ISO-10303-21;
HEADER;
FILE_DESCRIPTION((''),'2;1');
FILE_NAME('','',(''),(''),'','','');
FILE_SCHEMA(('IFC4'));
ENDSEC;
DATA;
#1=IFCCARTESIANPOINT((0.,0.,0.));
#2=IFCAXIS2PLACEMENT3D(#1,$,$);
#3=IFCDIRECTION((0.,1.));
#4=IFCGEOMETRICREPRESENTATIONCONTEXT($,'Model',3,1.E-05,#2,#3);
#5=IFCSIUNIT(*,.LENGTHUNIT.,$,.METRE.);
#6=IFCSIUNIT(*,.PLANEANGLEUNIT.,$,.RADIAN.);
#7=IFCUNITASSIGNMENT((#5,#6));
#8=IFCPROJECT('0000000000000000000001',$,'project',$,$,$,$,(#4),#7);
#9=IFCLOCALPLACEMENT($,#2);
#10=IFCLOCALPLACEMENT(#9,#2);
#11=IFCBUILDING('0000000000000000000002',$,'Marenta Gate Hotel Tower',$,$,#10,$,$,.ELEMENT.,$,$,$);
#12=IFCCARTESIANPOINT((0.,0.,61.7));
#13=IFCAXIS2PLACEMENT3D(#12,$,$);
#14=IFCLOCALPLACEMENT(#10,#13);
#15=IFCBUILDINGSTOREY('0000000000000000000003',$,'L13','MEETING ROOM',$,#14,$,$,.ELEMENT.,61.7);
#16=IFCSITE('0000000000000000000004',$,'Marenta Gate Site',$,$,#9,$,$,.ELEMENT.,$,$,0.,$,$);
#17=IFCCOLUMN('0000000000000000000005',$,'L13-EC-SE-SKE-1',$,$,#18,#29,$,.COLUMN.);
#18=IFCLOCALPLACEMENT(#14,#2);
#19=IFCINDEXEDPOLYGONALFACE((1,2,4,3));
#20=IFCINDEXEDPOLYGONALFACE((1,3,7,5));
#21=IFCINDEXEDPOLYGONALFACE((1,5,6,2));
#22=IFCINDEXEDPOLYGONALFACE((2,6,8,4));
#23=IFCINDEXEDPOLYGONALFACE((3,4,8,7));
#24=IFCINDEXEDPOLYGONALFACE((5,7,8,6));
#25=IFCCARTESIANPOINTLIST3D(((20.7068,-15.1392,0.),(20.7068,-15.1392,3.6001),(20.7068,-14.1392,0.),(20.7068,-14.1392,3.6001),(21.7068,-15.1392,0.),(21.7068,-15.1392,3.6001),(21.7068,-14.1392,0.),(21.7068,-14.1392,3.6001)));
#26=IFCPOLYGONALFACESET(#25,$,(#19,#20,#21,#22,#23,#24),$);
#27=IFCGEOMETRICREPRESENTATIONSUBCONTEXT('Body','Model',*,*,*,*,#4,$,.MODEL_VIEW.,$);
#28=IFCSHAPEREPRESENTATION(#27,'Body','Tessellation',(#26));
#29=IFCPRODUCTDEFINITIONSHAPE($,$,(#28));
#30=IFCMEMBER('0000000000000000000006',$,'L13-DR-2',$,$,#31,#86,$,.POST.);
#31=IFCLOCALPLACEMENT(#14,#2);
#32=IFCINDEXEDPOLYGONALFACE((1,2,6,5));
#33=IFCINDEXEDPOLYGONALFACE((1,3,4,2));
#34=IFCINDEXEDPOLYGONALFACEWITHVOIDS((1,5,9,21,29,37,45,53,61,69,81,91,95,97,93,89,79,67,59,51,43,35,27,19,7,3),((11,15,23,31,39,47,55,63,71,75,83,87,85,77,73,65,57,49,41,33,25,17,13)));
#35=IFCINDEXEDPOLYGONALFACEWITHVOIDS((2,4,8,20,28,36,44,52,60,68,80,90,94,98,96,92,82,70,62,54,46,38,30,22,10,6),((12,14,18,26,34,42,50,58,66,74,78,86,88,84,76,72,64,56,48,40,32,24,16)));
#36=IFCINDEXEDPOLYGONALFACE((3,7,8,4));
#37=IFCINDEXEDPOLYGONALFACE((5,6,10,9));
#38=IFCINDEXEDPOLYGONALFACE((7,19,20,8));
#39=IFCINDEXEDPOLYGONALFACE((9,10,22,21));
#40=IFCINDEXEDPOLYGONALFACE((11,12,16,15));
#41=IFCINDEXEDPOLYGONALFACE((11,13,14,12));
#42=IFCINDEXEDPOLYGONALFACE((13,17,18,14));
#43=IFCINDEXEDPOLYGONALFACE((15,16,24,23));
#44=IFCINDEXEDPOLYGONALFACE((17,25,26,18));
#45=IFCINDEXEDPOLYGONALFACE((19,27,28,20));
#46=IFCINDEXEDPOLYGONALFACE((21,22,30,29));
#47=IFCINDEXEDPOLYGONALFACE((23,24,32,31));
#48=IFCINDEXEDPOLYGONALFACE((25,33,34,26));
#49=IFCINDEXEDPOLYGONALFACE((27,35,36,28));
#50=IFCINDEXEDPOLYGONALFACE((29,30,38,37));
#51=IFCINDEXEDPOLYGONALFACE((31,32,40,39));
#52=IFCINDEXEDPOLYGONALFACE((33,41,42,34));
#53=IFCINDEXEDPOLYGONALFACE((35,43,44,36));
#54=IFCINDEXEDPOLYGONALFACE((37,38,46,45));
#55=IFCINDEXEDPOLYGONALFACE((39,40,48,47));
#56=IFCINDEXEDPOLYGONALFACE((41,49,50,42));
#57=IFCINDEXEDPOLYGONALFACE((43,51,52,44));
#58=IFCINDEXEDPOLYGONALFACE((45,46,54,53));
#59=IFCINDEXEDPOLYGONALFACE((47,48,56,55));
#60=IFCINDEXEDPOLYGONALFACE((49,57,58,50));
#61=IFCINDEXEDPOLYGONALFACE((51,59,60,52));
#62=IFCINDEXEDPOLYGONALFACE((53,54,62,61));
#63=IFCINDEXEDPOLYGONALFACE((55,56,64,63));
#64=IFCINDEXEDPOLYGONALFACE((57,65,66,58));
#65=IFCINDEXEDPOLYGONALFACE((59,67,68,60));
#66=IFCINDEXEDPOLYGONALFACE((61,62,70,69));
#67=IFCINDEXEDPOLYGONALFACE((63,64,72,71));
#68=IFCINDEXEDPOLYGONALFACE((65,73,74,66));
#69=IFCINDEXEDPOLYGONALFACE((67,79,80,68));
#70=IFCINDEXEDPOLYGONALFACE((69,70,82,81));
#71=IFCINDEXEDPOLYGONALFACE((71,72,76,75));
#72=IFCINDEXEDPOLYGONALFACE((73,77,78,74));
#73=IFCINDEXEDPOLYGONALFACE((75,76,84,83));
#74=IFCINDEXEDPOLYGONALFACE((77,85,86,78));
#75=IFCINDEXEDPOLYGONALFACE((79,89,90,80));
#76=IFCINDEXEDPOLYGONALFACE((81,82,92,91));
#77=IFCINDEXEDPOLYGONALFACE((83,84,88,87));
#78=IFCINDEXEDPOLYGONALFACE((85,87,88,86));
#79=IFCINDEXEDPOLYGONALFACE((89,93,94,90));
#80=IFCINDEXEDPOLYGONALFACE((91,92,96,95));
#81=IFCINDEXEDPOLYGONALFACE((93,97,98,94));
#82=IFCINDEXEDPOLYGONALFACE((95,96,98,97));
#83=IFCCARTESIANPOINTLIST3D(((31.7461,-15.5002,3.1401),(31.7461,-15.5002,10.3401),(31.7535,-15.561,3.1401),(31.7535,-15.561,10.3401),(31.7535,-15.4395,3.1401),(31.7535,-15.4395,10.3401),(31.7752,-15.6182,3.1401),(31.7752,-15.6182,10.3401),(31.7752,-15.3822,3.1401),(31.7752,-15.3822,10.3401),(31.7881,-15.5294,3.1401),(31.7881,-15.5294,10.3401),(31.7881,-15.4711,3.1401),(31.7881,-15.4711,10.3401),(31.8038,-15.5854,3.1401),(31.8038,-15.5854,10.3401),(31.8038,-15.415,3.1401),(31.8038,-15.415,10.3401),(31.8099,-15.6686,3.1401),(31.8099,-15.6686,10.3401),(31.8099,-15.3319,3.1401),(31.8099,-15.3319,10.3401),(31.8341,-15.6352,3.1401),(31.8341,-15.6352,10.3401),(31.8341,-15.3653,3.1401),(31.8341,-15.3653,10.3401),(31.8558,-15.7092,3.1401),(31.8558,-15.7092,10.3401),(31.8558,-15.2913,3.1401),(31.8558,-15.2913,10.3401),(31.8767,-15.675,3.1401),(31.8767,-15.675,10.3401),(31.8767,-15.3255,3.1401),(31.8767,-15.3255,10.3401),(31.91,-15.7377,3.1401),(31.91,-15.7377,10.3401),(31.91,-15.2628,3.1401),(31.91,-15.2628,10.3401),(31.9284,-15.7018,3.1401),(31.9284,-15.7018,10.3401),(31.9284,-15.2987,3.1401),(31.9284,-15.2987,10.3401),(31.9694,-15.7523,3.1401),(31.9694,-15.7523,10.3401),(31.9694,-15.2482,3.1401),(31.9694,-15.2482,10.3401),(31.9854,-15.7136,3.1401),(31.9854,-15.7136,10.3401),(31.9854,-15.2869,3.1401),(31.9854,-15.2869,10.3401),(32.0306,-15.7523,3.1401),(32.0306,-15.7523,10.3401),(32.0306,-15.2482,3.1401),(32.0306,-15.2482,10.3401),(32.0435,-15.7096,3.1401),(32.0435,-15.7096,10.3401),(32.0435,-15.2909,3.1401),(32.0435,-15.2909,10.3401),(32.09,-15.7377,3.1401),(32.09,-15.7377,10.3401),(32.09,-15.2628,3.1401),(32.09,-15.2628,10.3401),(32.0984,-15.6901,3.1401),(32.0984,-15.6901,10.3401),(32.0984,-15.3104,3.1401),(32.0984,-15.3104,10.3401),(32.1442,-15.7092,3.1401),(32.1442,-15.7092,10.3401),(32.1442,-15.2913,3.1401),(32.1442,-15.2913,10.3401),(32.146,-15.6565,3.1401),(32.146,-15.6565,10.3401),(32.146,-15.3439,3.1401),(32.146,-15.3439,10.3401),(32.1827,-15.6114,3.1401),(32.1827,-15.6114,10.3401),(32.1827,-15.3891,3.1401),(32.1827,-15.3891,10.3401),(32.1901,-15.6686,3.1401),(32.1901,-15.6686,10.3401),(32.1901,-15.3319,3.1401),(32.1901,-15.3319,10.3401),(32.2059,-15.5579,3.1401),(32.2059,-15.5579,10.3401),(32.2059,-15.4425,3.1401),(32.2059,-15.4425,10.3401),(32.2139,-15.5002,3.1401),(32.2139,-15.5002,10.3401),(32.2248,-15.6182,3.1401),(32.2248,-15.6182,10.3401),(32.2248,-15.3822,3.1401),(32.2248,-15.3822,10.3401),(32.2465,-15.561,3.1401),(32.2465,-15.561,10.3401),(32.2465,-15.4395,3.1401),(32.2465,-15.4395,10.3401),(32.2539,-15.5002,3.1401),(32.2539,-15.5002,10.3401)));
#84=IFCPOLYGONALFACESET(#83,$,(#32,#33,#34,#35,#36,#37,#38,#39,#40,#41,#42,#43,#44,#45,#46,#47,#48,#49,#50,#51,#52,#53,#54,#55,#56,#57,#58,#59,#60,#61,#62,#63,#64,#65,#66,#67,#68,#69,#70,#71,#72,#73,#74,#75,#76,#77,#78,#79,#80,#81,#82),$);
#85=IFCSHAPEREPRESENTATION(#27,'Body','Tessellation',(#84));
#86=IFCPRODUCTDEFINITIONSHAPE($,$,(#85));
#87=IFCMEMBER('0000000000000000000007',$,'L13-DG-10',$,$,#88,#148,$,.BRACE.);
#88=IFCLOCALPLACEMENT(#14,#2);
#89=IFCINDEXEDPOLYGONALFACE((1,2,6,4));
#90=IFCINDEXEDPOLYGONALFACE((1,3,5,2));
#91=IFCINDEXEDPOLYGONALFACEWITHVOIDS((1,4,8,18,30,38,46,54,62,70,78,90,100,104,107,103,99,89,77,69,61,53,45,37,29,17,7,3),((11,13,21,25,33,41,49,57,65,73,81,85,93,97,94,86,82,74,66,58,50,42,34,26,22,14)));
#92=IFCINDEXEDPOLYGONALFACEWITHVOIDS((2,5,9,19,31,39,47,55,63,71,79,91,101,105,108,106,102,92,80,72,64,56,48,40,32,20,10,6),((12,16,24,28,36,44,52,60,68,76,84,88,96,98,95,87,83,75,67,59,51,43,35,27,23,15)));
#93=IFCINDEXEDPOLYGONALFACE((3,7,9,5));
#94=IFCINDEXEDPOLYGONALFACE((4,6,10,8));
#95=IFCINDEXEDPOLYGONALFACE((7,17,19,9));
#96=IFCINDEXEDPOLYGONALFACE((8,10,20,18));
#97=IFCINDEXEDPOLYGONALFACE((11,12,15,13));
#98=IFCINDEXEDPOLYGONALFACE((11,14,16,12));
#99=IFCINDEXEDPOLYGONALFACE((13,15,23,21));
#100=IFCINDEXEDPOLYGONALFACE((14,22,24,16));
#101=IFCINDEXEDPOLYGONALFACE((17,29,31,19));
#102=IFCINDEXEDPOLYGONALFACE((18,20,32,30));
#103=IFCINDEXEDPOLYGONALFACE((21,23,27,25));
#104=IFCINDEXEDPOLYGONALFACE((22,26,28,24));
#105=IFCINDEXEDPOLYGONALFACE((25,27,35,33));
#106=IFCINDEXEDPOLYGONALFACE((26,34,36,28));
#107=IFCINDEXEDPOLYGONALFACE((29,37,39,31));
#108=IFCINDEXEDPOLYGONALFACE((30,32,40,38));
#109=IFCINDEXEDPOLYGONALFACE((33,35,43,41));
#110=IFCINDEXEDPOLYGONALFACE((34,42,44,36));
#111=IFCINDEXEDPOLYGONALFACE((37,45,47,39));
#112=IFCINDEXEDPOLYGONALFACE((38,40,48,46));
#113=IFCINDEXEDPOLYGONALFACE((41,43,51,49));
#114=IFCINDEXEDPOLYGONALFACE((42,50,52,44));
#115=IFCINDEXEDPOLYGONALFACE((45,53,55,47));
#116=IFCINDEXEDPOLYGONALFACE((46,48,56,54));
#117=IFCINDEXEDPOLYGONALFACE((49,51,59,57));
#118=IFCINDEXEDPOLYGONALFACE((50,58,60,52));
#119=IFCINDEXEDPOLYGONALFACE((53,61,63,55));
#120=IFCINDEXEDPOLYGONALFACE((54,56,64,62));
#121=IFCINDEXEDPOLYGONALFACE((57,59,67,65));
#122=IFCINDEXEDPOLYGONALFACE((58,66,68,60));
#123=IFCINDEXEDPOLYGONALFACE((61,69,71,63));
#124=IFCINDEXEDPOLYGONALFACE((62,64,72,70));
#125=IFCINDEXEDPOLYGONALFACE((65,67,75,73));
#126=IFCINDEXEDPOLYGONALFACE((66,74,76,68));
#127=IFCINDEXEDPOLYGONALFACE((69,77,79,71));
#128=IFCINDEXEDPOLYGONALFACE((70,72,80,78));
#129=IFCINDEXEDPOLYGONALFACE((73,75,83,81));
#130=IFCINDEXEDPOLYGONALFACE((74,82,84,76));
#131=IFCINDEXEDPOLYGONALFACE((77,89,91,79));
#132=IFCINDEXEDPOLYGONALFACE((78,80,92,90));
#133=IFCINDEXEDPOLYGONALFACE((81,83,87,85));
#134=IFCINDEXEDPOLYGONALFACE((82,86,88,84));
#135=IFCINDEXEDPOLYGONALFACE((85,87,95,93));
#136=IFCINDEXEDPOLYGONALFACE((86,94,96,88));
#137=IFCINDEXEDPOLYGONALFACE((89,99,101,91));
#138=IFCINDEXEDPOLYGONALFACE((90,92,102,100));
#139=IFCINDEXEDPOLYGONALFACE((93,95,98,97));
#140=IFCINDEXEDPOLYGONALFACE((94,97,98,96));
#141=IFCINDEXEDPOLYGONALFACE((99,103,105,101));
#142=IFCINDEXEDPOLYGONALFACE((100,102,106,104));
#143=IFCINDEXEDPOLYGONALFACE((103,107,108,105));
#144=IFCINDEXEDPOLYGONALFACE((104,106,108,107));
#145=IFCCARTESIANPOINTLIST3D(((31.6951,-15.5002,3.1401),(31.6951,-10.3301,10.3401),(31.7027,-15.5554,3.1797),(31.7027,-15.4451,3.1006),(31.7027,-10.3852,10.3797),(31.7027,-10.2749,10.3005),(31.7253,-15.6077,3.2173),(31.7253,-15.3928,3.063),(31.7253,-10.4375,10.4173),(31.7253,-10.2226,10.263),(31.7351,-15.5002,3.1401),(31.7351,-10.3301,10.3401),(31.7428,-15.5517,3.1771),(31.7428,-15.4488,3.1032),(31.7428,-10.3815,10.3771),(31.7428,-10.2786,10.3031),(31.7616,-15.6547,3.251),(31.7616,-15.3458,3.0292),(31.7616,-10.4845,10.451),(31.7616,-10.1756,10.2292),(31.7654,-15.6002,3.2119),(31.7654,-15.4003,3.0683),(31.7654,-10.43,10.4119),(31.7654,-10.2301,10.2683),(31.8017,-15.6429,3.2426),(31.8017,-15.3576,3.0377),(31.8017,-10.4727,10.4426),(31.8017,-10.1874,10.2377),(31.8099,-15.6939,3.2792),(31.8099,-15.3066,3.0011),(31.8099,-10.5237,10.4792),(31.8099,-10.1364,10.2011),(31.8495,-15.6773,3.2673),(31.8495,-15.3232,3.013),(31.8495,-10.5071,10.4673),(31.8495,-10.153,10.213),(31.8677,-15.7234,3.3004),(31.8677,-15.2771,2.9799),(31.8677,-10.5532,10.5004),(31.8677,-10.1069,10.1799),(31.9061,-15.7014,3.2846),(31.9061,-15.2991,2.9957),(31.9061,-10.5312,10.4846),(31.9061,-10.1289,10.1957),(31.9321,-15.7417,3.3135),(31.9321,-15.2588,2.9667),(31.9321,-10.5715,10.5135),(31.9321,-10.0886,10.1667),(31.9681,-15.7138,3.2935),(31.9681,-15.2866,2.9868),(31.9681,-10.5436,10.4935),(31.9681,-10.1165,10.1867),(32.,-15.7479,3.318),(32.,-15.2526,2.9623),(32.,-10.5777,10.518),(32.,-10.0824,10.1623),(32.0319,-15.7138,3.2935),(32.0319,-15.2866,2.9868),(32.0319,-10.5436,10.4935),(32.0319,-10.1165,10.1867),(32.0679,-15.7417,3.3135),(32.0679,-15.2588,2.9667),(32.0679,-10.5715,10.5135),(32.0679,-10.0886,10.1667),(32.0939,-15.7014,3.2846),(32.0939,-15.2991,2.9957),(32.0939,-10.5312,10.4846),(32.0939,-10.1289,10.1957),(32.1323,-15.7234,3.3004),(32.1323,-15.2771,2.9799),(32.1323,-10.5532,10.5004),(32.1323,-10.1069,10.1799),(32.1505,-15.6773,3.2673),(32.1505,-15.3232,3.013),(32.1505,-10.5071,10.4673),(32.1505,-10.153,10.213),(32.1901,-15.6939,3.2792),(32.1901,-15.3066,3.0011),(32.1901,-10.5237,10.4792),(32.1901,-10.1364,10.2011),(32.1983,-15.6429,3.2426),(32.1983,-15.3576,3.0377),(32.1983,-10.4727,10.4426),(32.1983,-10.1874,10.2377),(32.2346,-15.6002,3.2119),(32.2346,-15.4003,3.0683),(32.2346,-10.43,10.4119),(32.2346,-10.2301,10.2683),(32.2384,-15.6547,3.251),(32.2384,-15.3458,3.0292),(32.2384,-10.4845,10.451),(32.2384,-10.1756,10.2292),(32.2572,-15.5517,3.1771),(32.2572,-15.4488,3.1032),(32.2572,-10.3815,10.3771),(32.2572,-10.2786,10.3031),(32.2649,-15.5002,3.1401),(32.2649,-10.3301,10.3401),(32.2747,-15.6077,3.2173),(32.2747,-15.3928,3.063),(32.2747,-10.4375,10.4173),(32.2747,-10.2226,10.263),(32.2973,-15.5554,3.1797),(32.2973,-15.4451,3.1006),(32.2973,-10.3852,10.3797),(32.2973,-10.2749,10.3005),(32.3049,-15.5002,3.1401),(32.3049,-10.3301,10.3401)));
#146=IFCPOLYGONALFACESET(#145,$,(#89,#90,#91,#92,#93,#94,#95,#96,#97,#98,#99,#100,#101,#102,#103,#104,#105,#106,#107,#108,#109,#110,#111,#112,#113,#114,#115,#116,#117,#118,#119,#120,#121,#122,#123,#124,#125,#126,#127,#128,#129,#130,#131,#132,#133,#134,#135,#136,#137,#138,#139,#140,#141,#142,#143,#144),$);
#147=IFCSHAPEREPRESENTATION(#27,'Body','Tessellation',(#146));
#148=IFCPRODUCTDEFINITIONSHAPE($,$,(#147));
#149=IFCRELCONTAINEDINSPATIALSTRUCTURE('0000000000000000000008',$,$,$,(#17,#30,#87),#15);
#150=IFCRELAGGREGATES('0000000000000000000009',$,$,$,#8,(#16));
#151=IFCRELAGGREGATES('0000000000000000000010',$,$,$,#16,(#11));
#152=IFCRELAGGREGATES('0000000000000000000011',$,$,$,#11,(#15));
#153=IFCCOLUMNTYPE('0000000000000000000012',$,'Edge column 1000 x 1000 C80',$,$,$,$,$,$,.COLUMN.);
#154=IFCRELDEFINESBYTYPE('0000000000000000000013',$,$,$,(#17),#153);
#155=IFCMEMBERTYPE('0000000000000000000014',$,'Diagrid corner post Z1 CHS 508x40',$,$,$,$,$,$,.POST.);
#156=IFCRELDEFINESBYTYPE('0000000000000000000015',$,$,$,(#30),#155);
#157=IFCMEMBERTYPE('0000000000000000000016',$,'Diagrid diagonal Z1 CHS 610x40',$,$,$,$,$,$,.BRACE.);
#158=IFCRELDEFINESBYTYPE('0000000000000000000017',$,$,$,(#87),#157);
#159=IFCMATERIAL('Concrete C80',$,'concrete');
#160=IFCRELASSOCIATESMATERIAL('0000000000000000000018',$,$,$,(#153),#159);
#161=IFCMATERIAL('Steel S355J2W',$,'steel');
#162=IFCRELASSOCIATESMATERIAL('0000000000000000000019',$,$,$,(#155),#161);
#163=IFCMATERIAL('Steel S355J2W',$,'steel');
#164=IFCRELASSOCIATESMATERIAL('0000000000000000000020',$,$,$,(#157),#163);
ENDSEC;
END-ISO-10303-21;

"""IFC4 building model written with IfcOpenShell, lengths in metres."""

from ifc_helpers import new_model, si_unit, direction, frame, origin, origin_2d, place, context, subcontext, project, spatial, rectangle, hollow_circle, extrude, material, material_profile, profile_set, type_object, element, save


model = new_model("IFC4")

# Units and contexts
model_context = context("Model", 3, precision=1e-05, world=origin(), true_north=direction((0.0, 1.0)))
body_context = subcontext(model_context, "Body", "Model", "MODEL_VIEW")
ifc_project = project(units=[si_unit("LENGTHUNIT", "METRE"), si_unit("PLANEANGLEUNIT", "RADIAN")], contexts=[model_context])

# Site, building, storey
site_placement = place(None, origin())
site = spatial("IfcSite", under=ifc_project, at=site_placement, Name="Marenta Gate Site", CompositionType="ELEMENT", RefElevation=0.0)
building_placement = place(site_placement, origin())
building = spatial("IfcBuilding", under=site, at=building_placement, Name="Marenta Gate Hotel Tower", CompositionType="ELEMENT")
storey_placement = place(building_placement, frame((0.0, 0.0, 61.7)))
storey = spatial("IfcBuildingStorey", under=building, at=storey_placement, Name="L13", Description="MEETING ROOM", CompositionType="ELEMENT", Elevation=61.7)

# Column
ifc_material_1 = material(Name="Concrete C80", Category="concrete")
ifc_material_profile_1 = material_profile(ifc_material_1, rectangle(XDim=1.0, YDim=1.0, at=origin_2d()), Name="1000 x 1000")
ifc_profile_set_1 = profile_set([ifc_material_profile_1], Name="Concrete C80")
column_type = type_object("IfcColumnType", Name="Edge column 1000 x 1000 C80", PredefinedType="COLUMN", material=ifc_profile_set_1)
column_placement = place(storey_placement, frame((21.2068, -14.6392, 0.0), z_axis=(0.0, 0.0, 1.0), x_axis=(1.0, 0.0, 0.0)))
element("IfcColumn", 1, at=column_placement, inside=storey, type_object=column_type, Name="L13-EC-SE-SKE-1", PredefinedType="COLUMN", context=body_context, shape_type="SweptSolid", body=[
    extrude(rectangle(XDim=1.0, YDim=1.0, at=origin_2d()), origin(), (0.0, 0.0, 1.0), 3.6001),
])

# Members
ifc_material_2 = material(Name="Steel S355J2W", Category="steel")
ifc_material_profile_2 = material_profile(ifc_material_2, hollow_circle(Radius=0.2539, WallThickness=0.04, at=origin_2d()), Name="CHS 508x40")
ifc_profile_set_2 = profile_set([ifc_material_profile_2], Name="Steel S355J2W")
member_type_1 = type_object("IfcMemberType", Name="Diagrid corner post Z1 CHS 508x40", PredefinedType="POST", material=ifc_profile_set_2)
member_1_placement = place(storey_placement, frame((32.0, -15.5002, 3.1401), z_axis=(0.0, 0.0, 1.0), x_axis=(1.0, 0.0, 0.0)))
element("IfcMember", 2, at=member_1_placement, inside=storey, type_object=member_type_1, Name="L13-DR-2", PredefinedType="POST", context=body_context, shape_type="SweptSolid", body=[
    extrude(hollow_circle(Radius=0.2539, WallThickness=0.04, at=origin_2d()), origin(), (0.0, 0.0, 1.0), 7.2),
])
ifc_material_3 = material(Name="Steel S355J2W", Category="steel")
ifc_material_profile_3 = material_profile(ifc_material_3, hollow_circle(Radius=0.3049, WallThickness=0.04, at=origin_2d()), Name="CHS 610x40")
ifc_profile_set_3 = profile_set([ifc_material_profile_3], Name="Steel S355J2W")
member_type_2 = type_object("IfcMemberType", Name="Diagrid diagonal Z1 CHS 610x40", PredefinedType="BRACE", material=ifc_profile_set_3)
member_2_placement = place(storey_placement, frame((32.0, -15.5002, 3.1401), z_axis=(0.0, 0.583279, 0.812272), x_axis=(-1.0, 0.0, 0.0)))
element("IfcMember", 3, at=member_2_placement, inside=storey, type_object=member_type_2, Name="L13-DG-10", PredefinedType="BRACE", context=body_context, shape_type="SweptSolid", body=[
    extrude(hollow_circle(Radius=0.3049, WallThickness=0.04, at=origin_2d()), origin(), (0.0, 0.0, 1.0), 8.864),
])

save(model, "model.ifc")
